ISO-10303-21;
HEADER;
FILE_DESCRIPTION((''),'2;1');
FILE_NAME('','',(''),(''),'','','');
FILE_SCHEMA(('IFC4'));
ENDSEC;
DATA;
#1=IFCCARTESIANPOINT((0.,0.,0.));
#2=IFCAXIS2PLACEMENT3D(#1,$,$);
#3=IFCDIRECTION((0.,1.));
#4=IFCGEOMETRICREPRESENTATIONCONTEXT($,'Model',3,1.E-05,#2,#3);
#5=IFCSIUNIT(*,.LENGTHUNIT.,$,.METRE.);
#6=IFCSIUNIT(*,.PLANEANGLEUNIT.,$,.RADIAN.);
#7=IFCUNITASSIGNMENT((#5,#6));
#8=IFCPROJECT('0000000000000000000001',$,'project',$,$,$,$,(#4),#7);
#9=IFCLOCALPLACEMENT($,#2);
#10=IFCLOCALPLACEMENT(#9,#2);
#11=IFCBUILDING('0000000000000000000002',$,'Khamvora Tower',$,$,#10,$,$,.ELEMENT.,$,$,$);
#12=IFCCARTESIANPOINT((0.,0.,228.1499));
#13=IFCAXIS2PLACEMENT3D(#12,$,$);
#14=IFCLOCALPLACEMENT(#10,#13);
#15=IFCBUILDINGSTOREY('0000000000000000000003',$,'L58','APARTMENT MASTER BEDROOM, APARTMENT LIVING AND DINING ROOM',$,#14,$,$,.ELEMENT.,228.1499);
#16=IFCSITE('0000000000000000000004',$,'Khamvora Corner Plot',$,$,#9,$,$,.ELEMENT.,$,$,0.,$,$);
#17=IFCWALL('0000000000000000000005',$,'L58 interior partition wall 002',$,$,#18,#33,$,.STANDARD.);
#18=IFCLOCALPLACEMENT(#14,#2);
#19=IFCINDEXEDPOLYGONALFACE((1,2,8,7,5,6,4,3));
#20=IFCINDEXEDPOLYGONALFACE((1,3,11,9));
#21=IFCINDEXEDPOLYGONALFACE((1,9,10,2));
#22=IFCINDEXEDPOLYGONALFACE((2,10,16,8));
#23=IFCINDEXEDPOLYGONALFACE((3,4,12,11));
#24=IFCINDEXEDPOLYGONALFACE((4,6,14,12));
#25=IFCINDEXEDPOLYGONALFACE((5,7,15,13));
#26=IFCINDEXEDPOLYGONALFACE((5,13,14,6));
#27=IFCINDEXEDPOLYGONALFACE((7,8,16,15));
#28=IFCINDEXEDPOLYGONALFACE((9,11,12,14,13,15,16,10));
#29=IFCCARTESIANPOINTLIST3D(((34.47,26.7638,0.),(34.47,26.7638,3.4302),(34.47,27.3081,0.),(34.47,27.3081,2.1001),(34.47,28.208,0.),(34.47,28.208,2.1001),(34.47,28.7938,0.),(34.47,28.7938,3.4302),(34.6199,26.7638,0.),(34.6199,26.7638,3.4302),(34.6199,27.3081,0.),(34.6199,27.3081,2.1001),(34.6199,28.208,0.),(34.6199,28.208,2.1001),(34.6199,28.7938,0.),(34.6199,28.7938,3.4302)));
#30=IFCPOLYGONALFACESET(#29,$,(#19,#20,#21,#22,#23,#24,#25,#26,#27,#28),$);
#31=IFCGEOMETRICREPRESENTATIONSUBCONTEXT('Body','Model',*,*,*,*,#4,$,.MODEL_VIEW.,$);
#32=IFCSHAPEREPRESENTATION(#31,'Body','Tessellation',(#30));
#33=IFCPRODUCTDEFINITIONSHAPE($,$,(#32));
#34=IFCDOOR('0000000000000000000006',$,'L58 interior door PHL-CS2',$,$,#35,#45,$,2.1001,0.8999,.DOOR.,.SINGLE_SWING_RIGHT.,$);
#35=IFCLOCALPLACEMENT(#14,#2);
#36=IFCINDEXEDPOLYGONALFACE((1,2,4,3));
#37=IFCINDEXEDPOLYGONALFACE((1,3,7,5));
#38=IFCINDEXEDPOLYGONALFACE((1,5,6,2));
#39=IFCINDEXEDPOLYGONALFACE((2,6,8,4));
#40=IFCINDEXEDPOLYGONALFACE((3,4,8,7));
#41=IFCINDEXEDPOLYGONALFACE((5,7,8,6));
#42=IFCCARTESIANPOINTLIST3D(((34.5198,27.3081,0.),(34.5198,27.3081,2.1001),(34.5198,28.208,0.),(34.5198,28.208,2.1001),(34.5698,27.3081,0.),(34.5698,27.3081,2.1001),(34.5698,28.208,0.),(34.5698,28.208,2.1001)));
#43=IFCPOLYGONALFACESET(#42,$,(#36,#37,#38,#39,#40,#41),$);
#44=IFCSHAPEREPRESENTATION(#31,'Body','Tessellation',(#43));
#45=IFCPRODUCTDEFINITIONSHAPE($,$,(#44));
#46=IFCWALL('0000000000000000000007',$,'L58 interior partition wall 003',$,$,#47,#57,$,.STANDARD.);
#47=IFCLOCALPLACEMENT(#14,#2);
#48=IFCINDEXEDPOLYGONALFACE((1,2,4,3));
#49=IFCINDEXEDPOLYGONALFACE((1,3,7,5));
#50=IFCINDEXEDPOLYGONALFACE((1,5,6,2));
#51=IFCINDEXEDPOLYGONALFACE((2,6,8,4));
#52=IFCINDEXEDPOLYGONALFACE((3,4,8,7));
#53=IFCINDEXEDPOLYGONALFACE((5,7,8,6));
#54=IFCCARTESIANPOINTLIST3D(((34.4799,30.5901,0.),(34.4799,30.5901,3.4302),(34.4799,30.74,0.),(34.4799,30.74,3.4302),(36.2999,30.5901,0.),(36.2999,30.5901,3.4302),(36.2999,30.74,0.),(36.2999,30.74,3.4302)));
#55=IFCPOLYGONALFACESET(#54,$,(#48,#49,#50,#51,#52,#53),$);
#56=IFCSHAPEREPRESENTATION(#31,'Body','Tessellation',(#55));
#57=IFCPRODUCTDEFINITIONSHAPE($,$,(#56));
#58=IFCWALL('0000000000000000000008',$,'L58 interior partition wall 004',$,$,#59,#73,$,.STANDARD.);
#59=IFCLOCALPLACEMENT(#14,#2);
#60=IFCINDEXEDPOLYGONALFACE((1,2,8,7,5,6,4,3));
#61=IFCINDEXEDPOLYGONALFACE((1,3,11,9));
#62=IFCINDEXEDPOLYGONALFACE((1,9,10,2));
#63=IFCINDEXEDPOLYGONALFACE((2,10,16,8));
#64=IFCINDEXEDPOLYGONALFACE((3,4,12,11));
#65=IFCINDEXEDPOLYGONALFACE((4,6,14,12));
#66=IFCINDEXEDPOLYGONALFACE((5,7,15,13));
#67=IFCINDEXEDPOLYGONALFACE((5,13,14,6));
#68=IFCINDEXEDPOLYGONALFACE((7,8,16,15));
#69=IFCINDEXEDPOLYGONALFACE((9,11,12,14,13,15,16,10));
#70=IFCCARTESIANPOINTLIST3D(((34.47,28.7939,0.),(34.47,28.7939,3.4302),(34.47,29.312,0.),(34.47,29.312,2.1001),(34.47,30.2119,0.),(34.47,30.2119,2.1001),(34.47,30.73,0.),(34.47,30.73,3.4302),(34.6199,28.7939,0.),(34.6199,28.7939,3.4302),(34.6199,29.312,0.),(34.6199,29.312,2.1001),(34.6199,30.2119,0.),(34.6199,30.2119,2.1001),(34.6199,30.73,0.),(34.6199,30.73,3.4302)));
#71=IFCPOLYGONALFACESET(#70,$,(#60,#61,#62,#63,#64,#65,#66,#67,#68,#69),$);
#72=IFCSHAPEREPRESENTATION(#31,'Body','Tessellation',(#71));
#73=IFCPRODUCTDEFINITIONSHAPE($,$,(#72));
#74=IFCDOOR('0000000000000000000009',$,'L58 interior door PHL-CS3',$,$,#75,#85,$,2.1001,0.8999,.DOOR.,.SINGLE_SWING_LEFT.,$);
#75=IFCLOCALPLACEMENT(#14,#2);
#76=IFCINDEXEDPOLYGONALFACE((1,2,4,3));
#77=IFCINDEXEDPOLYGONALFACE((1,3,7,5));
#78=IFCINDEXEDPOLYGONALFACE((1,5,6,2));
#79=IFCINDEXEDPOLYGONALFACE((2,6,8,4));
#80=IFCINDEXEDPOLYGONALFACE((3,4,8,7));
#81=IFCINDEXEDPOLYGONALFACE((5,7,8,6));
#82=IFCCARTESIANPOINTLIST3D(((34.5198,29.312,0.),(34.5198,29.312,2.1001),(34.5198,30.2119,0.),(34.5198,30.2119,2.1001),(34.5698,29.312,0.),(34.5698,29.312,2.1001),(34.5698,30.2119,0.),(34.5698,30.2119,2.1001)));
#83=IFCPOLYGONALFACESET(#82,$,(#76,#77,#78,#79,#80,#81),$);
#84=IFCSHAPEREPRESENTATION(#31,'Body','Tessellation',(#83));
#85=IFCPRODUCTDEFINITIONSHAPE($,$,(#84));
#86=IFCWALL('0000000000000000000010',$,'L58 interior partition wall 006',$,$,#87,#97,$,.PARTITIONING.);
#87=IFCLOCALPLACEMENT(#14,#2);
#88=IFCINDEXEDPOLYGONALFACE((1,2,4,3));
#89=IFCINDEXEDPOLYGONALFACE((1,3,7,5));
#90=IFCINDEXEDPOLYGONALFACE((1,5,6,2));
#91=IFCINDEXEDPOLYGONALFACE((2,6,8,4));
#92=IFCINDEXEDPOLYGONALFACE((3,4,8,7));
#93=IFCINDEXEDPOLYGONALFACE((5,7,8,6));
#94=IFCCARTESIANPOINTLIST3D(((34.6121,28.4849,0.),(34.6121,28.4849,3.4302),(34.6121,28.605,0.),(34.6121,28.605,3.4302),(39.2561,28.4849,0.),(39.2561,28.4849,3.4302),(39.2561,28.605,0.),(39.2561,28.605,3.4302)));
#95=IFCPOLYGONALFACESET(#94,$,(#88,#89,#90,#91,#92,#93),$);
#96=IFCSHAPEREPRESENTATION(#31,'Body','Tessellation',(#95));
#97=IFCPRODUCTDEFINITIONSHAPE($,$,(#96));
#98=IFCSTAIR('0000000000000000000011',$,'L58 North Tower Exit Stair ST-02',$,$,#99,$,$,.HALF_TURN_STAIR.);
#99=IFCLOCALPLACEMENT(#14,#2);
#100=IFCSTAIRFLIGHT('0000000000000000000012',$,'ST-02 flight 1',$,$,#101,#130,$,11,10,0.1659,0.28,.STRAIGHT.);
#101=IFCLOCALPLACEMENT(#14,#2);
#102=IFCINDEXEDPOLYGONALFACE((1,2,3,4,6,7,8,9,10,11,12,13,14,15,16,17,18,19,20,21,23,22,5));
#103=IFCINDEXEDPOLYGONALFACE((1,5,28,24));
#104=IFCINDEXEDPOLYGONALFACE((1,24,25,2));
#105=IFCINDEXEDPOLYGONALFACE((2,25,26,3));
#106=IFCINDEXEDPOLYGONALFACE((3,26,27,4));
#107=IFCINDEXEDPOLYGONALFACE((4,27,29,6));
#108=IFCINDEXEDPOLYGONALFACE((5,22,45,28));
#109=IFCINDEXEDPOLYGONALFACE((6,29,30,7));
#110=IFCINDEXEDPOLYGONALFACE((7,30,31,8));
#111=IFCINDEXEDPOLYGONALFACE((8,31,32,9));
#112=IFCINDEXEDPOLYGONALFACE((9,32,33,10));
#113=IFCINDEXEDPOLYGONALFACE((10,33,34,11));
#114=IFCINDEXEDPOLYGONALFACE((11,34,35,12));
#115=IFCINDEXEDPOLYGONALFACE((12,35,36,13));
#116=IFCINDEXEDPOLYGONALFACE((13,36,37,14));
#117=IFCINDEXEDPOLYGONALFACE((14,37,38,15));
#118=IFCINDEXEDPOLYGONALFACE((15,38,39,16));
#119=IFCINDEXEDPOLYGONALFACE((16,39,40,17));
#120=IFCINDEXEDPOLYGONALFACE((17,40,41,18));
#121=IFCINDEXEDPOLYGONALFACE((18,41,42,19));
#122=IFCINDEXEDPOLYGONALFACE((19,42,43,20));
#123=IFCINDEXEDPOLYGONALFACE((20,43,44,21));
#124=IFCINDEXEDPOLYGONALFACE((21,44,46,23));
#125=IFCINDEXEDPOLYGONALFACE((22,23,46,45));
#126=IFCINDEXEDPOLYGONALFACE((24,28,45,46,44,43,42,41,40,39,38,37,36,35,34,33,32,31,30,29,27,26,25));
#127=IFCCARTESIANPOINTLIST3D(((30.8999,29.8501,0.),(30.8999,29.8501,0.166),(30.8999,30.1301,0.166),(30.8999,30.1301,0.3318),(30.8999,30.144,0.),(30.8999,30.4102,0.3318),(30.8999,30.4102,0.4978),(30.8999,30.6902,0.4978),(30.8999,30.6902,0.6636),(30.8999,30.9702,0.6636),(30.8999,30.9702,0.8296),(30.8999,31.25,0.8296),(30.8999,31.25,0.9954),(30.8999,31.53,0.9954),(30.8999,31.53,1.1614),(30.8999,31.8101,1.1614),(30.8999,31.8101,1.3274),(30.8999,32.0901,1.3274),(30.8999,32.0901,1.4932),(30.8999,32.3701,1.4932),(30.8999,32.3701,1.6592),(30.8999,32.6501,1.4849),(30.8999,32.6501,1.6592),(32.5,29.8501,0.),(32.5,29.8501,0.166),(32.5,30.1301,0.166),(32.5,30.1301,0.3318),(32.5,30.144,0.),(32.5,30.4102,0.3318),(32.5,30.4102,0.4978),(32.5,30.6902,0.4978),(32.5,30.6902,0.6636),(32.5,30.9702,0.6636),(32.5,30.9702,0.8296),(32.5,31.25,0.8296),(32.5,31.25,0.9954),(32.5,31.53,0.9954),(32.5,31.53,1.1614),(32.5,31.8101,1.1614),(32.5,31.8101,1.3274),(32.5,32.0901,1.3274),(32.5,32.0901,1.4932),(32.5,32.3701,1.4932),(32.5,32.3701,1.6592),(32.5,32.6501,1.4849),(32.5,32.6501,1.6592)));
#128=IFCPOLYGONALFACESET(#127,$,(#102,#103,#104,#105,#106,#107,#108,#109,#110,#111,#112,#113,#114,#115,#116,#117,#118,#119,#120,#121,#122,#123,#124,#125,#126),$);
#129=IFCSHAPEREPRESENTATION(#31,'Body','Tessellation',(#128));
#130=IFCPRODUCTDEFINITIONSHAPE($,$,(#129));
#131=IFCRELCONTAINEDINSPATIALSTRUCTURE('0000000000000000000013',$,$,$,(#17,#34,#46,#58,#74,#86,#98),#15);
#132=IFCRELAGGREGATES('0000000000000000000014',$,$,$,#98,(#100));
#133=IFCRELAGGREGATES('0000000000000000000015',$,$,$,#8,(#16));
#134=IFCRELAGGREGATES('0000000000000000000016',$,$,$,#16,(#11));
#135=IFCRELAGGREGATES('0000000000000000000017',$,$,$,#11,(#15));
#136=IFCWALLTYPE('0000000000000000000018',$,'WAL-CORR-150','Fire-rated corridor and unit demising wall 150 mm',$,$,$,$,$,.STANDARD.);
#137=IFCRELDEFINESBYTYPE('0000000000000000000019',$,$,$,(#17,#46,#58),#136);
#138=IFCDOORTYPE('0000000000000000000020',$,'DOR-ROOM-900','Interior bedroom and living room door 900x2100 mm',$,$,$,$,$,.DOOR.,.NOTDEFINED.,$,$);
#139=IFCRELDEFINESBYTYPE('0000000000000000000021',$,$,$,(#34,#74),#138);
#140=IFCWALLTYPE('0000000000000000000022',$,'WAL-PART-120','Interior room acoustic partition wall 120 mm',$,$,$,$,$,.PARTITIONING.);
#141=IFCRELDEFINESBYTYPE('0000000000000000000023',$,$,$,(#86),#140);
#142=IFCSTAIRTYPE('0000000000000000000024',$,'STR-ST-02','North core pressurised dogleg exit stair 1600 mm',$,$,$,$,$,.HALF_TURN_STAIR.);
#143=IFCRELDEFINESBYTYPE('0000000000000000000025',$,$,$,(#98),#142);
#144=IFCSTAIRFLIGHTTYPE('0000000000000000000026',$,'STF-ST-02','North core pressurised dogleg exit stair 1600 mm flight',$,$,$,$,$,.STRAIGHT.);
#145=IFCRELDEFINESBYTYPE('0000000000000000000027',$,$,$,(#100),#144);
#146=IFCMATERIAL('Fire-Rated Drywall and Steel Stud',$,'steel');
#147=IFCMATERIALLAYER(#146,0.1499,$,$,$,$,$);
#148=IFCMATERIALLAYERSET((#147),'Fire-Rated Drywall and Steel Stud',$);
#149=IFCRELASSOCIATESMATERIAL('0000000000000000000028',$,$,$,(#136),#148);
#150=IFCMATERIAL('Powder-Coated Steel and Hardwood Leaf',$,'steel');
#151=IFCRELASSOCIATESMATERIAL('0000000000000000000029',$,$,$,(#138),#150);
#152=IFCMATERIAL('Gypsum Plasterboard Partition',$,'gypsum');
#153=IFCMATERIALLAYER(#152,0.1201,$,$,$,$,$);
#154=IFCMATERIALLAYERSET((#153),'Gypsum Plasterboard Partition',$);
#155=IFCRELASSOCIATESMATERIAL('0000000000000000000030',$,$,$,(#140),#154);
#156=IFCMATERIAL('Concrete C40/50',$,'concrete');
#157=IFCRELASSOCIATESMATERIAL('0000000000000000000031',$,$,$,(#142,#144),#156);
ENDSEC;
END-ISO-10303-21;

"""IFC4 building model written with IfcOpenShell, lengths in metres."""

from ifc_helpers import new_model, si_unit, direction, frame, frame_2d, origin, place, context, subcontext, project, spatial, polyline, rectangle, outline, extrude, material, layer, layer_set, type_object, element, fill, aggregate, save


model = new_model("IFC4")

# Units and contexts
model_context = context("Model", 3, precision=1e-05, world=origin(), true_north=direction((0.0, 1.0)))
body_context = subcontext(model_context, "Body", "Model", "MODEL_VIEW")
ifc_project = project(units=[si_unit("LENGTHUNIT", "METRE"), si_unit("PLANEANGLEUNIT", "RADIAN")], contexts=[model_context])

# Site, building, storey
site_placement = place(None, origin())
site = spatial("IfcSite", under=ifc_project, at=site_placement, Name="Khamvora Corner Plot", CompositionType="ELEMENT", RefElevation=0.0)
building_placement = place(site_placement, origin())
building = spatial("IfcBuilding", under=site, at=building_placement, Name="Khamvora Tower", CompositionType="ELEMENT")
storey_placement = place(building_placement, frame((0.0, 0.0, 228.1499)))
storey = spatial("IfcBuildingStorey", under=building, at=storey_placement, Name="L58", Description="APARTMENT MASTER BEDROOM, APARTMENT LIVING AND DINING ROOM", CompositionType="ELEMENT", Elevation=228.1499)

# Shared definitions
ifc_material_1 = material(Name="Powder-Coated Steel and Hardwood Leaf", Category="steel")

# Wall, opening, door
ifc_material_2 = material(Name="Fire-Rated Drywall and Steel Stud", Category="steel")
ifc_layer_1 = layer(ifc_material_2, 0.1499)
ifc_layer_set_1 = layer_set([ifc_layer_1], Name="Fire-Rated Drywall and Steel Stud")
wall_type_1 = type_object("IfcWallType", Name="WAL-CORR-150", Description="Fire-rated corridor and unit demising wall 150 mm", PredefinedType="STANDARD", material=ifc_layer_set_1)
wall_1_placement = place(storey_placement, frame((34.5449, 28.7939, 0.0), z_axis=(0.0, 0.0, 1.0), x_axis=(0.0, -1.0, 0.0)))
wall_1 = element("IfcWall", 1, at=wall_1_placement, inside=storey, type_object=wall_type_1, Name="L58 interior partition wall 002", PredefinedType="STANDARD", context=body_context, shape_type="SweptSolid", body=[
    extrude(rectangle(XDim=2.03, YDim=0.1499, at=frame_2d((1.0151, 0.0))), origin(), (0.0, 0.0, 1.0), 3.4302),
])
opening_1_placement = place(wall_1_placement, frame((0.5859, 0.0, 0.0)))
opening_1 = element("IfcOpeningElement", 2, at=opening_1_placement, cuts=wall_1, PredefinedType="OPENING", context=body_context, shape_type="SweptSolid", body=[
    extrude(rectangle(XDim=0.8999, YDim=2.1001, at=frame_2d((0.45, 1.05))), frame((0.0, 0.085, 0.0), z_axis=(0.0, -1.0, 0.0), x_axis=(1.0, 0.0, 0.0)), (0.0, 0.0, 1.0), 0.1699),
])
door_type_1 = type_object("IfcDoorType", Name="DOR-ROOM-900", Description="Interior bedroom and living room door 900x2100 mm", OperationType="NOTDEFINED", PredefinedType="DOOR", material=ifc_material_1)
door_1_placement = place(opening_1_placement, origin())
door_1 = element("IfcDoor", 3, at=door_1_placement, inside=storey, type_object=door_type_1, Name="L58 interior door PHL-CS2", OperationType="SINGLE_SWING_RIGHT", OverallHeight=2.1001, OverallWidth=0.8999, PredefinedType="DOOR", context=body_context, shape_type="SweptSolid", body=[
    extrude(rectangle(XDim=0.8999, YDim=2.1001, at=frame_2d((0.45, 1.05))), frame((0.0, 0.0249, 0.0), z_axis=(0.0, -1.0, 0.0), x_axis=(1.0, 0.0, 0.0)), (0.0, 0.0, 1.0), 0.05),
])
fill(opening_1, door_1)

# Wall
wall_2_placement = place(storey_placement, frame((36.3, 30.665, 0.0), z_axis=(0.0, 0.0, 1.0), x_axis=(-1.0, 0.0, 0.0)))
element("IfcWall", 4, at=wall_2_placement, inside=storey, type_object=wall_type_1, Name="L58 interior partition wall 003", PredefinedType="STANDARD", context=body_context, shape_type="SweptSolid", body=[
    extrude(rectangle(XDim=1.8201, YDim=0.1499, at=frame_2d((0.9102, 0.0))), origin(), (0.0, 0.0, 1.0), 3.4302),
])

# Wall, opening, door
wall_3_placement = place(storey_placement, frame((34.5449, 30.73, 0.0), z_axis=(0.0, 0.0, 1.0), x_axis=(0.0, -1.0, 0.0)))
wall_3 = element("IfcWall", 5, at=wall_3_placement, inside=storey, type_object=wall_type_1, Name="L58 interior partition wall 004", PredefinedType="STANDARD", context=body_context, shape_type="SweptSolid", body=[
    extrude(rectangle(XDim=1.936, YDim=0.1499, at=frame_2d((0.968, 0.0))), origin(), (0.0, 0.0, 1.0), 3.4302),
])
opening_2_placement = place(wall_3_placement, frame((0.5181, 0.0, 0.0)))
opening_2 = element("IfcOpeningElement", 6, at=opening_2_placement, cuts=wall_3, PredefinedType="OPENING", context=body_context, shape_type="SweptSolid", body=[
    extrude(rectangle(XDim=0.8999, YDim=2.1001, at=frame_2d((0.45, 1.05))), frame((0.0, 0.085, 0.0), z_axis=(0.0, -1.0, 0.0), x_axis=(1.0, 0.0, 0.0)), (0.0, 0.0, 1.0), 0.1699),
])
door_2_placement = place(opening_2_placement, origin())
door_2 = element("IfcDoor", 7, at=door_2_placement, inside=storey, type_object=door_type_1, Name="L58 interior door PHL-CS3", OperationType="SINGLE_SWING_LEFT", OverallHeight=2.1001, OverallWidth=0.8999, PredefinedType="DOOR", context=body_context, shape_type="SweptSolid", body=[
    extrude(rectangle(XDim=0.8999, YDim=2.1001, at=frame_2d((0.45, 1.05))), frame((0.0, 0.0249, 0.0), z_axis=(0.0, -1.0, 0.0), x_axis=(1.0, 0.0, 0.0)), (0.0, 0.0, 1.0), 0.05),
])
fill(opening_2, door_2)

# Wall
ifc_material_3 = material(Name="Gypsum Plasterboard Partition", Category="gypsum")
ifc_layer_2 = layer(ifc_material_3, 0.1201)
ifc_layer_set_2 = layer_set([ifc_layer_2], Name="Gypsum Plasterboard Partition")
wall_type_2 = type_object("IfcWallType", Name="WAL-PART-120", Description="Interior room acoustic partition wall 120 mm", PredefinedType="PARTITIONING", material=ifc_layer_set_2)
wall_4_placement = place(storey_placement, frame((34.6121, 28.5449, 0.0), z_axis=(0.0, 0.0, 1.0), x_axis=(1.0, 0.0, 0.0)))
element("IfcWall", 8, at=wall_4_placement, inside=storey, type_object=wall_type_2, Name="L58 interior partition wall 006", PredefinedType="PARTITIONING", context=body_context, shape_type="SweptSolid", body=[
    extrude(rectangle(XDim=4.644, YDim=0.1201, at=frame_2d((2.322, 0.0))), origin(), (0.0, 0.0, 1.0), 3.4302),
])

# Stair, stair flight
ifc_material_4 = material(Name="Concrete C40/50", Category="concrete")
stair_type = type_object("IfcStairType", Name="STR-ST-02", Description="North core pressurised dogleg exit stair 1600 mm", PredefinedType="HALF_TURN_STAIR", material=ifc_material_4)
stair_placement = place(storey_placement, origin())
stair = element("IfcStair", 9, at=stair_placement, inside=storey, type_object=stair_type, Name="L58 North Tower Exit Stair ST-02", PredefinedType="HALF_TURN_STAIR")
stair_flight_type = type_object("IfcStairFlightType", Name="STF-ST-02", Description="North core pressurised dogleg exit stair 1600 mm flight", PredefinedType="STRAIGHT", material=ifc_material_4)
stair_flight_placement = place(storey_placement, frame((31.7, 29.8501, 0.0), z_axis=(0.0, 0.0, 1.0), x_axis=(0.0, 1.0, 0.0)))
stair_flight = element("IfcStairFlight", 10, at=stair_flight_placement, type_object=stair_flight_type, Name="ST-02 flight 1", NumberOfRisers=11, NumberOfTreads=10, PredefinedType="STRAIGHT", RiserHeight=0.1659, TreadLength=0.28, context=body_context, shape_type="SweptSolid", body=[
    extrude(outline(polyline([(0.0, 0.0), (0.0, 0.166), (0.28, 0.166), (0.28, 0.3318), (0.5601, 0.3318), (0.5601, 0.4978), (0.8401, 0.4978), (0.8401, 0.6636), (1.1201, 0.6636), (1.1201, 0.8296), (1.3999, 0.8296), (1.3999, 0.9954), (1.6799, 0.9954), (1.6799, 1.1614), (1.96, 1.1614), (1.96, 1.3274), (2.24, 1.3274), (2.24, 1.4932), (2.52, 1.4932), (2.52, 1.6592), (2.8, 1.6592), (2.8, 1.825), (2.8, 1.4849), (0.2939, 0.0), (0.0, 0.0)])), frame((0.0, 0.8, 0.0), z_axis=(0.0, -1.0, 0.0), x_axis=(1.0, 0.0, 0.0)), (0.0, 0.0, 1.0), 1.6001),
])
aggregate(stair, [stair_flight])

save(model, "model.ifc")
